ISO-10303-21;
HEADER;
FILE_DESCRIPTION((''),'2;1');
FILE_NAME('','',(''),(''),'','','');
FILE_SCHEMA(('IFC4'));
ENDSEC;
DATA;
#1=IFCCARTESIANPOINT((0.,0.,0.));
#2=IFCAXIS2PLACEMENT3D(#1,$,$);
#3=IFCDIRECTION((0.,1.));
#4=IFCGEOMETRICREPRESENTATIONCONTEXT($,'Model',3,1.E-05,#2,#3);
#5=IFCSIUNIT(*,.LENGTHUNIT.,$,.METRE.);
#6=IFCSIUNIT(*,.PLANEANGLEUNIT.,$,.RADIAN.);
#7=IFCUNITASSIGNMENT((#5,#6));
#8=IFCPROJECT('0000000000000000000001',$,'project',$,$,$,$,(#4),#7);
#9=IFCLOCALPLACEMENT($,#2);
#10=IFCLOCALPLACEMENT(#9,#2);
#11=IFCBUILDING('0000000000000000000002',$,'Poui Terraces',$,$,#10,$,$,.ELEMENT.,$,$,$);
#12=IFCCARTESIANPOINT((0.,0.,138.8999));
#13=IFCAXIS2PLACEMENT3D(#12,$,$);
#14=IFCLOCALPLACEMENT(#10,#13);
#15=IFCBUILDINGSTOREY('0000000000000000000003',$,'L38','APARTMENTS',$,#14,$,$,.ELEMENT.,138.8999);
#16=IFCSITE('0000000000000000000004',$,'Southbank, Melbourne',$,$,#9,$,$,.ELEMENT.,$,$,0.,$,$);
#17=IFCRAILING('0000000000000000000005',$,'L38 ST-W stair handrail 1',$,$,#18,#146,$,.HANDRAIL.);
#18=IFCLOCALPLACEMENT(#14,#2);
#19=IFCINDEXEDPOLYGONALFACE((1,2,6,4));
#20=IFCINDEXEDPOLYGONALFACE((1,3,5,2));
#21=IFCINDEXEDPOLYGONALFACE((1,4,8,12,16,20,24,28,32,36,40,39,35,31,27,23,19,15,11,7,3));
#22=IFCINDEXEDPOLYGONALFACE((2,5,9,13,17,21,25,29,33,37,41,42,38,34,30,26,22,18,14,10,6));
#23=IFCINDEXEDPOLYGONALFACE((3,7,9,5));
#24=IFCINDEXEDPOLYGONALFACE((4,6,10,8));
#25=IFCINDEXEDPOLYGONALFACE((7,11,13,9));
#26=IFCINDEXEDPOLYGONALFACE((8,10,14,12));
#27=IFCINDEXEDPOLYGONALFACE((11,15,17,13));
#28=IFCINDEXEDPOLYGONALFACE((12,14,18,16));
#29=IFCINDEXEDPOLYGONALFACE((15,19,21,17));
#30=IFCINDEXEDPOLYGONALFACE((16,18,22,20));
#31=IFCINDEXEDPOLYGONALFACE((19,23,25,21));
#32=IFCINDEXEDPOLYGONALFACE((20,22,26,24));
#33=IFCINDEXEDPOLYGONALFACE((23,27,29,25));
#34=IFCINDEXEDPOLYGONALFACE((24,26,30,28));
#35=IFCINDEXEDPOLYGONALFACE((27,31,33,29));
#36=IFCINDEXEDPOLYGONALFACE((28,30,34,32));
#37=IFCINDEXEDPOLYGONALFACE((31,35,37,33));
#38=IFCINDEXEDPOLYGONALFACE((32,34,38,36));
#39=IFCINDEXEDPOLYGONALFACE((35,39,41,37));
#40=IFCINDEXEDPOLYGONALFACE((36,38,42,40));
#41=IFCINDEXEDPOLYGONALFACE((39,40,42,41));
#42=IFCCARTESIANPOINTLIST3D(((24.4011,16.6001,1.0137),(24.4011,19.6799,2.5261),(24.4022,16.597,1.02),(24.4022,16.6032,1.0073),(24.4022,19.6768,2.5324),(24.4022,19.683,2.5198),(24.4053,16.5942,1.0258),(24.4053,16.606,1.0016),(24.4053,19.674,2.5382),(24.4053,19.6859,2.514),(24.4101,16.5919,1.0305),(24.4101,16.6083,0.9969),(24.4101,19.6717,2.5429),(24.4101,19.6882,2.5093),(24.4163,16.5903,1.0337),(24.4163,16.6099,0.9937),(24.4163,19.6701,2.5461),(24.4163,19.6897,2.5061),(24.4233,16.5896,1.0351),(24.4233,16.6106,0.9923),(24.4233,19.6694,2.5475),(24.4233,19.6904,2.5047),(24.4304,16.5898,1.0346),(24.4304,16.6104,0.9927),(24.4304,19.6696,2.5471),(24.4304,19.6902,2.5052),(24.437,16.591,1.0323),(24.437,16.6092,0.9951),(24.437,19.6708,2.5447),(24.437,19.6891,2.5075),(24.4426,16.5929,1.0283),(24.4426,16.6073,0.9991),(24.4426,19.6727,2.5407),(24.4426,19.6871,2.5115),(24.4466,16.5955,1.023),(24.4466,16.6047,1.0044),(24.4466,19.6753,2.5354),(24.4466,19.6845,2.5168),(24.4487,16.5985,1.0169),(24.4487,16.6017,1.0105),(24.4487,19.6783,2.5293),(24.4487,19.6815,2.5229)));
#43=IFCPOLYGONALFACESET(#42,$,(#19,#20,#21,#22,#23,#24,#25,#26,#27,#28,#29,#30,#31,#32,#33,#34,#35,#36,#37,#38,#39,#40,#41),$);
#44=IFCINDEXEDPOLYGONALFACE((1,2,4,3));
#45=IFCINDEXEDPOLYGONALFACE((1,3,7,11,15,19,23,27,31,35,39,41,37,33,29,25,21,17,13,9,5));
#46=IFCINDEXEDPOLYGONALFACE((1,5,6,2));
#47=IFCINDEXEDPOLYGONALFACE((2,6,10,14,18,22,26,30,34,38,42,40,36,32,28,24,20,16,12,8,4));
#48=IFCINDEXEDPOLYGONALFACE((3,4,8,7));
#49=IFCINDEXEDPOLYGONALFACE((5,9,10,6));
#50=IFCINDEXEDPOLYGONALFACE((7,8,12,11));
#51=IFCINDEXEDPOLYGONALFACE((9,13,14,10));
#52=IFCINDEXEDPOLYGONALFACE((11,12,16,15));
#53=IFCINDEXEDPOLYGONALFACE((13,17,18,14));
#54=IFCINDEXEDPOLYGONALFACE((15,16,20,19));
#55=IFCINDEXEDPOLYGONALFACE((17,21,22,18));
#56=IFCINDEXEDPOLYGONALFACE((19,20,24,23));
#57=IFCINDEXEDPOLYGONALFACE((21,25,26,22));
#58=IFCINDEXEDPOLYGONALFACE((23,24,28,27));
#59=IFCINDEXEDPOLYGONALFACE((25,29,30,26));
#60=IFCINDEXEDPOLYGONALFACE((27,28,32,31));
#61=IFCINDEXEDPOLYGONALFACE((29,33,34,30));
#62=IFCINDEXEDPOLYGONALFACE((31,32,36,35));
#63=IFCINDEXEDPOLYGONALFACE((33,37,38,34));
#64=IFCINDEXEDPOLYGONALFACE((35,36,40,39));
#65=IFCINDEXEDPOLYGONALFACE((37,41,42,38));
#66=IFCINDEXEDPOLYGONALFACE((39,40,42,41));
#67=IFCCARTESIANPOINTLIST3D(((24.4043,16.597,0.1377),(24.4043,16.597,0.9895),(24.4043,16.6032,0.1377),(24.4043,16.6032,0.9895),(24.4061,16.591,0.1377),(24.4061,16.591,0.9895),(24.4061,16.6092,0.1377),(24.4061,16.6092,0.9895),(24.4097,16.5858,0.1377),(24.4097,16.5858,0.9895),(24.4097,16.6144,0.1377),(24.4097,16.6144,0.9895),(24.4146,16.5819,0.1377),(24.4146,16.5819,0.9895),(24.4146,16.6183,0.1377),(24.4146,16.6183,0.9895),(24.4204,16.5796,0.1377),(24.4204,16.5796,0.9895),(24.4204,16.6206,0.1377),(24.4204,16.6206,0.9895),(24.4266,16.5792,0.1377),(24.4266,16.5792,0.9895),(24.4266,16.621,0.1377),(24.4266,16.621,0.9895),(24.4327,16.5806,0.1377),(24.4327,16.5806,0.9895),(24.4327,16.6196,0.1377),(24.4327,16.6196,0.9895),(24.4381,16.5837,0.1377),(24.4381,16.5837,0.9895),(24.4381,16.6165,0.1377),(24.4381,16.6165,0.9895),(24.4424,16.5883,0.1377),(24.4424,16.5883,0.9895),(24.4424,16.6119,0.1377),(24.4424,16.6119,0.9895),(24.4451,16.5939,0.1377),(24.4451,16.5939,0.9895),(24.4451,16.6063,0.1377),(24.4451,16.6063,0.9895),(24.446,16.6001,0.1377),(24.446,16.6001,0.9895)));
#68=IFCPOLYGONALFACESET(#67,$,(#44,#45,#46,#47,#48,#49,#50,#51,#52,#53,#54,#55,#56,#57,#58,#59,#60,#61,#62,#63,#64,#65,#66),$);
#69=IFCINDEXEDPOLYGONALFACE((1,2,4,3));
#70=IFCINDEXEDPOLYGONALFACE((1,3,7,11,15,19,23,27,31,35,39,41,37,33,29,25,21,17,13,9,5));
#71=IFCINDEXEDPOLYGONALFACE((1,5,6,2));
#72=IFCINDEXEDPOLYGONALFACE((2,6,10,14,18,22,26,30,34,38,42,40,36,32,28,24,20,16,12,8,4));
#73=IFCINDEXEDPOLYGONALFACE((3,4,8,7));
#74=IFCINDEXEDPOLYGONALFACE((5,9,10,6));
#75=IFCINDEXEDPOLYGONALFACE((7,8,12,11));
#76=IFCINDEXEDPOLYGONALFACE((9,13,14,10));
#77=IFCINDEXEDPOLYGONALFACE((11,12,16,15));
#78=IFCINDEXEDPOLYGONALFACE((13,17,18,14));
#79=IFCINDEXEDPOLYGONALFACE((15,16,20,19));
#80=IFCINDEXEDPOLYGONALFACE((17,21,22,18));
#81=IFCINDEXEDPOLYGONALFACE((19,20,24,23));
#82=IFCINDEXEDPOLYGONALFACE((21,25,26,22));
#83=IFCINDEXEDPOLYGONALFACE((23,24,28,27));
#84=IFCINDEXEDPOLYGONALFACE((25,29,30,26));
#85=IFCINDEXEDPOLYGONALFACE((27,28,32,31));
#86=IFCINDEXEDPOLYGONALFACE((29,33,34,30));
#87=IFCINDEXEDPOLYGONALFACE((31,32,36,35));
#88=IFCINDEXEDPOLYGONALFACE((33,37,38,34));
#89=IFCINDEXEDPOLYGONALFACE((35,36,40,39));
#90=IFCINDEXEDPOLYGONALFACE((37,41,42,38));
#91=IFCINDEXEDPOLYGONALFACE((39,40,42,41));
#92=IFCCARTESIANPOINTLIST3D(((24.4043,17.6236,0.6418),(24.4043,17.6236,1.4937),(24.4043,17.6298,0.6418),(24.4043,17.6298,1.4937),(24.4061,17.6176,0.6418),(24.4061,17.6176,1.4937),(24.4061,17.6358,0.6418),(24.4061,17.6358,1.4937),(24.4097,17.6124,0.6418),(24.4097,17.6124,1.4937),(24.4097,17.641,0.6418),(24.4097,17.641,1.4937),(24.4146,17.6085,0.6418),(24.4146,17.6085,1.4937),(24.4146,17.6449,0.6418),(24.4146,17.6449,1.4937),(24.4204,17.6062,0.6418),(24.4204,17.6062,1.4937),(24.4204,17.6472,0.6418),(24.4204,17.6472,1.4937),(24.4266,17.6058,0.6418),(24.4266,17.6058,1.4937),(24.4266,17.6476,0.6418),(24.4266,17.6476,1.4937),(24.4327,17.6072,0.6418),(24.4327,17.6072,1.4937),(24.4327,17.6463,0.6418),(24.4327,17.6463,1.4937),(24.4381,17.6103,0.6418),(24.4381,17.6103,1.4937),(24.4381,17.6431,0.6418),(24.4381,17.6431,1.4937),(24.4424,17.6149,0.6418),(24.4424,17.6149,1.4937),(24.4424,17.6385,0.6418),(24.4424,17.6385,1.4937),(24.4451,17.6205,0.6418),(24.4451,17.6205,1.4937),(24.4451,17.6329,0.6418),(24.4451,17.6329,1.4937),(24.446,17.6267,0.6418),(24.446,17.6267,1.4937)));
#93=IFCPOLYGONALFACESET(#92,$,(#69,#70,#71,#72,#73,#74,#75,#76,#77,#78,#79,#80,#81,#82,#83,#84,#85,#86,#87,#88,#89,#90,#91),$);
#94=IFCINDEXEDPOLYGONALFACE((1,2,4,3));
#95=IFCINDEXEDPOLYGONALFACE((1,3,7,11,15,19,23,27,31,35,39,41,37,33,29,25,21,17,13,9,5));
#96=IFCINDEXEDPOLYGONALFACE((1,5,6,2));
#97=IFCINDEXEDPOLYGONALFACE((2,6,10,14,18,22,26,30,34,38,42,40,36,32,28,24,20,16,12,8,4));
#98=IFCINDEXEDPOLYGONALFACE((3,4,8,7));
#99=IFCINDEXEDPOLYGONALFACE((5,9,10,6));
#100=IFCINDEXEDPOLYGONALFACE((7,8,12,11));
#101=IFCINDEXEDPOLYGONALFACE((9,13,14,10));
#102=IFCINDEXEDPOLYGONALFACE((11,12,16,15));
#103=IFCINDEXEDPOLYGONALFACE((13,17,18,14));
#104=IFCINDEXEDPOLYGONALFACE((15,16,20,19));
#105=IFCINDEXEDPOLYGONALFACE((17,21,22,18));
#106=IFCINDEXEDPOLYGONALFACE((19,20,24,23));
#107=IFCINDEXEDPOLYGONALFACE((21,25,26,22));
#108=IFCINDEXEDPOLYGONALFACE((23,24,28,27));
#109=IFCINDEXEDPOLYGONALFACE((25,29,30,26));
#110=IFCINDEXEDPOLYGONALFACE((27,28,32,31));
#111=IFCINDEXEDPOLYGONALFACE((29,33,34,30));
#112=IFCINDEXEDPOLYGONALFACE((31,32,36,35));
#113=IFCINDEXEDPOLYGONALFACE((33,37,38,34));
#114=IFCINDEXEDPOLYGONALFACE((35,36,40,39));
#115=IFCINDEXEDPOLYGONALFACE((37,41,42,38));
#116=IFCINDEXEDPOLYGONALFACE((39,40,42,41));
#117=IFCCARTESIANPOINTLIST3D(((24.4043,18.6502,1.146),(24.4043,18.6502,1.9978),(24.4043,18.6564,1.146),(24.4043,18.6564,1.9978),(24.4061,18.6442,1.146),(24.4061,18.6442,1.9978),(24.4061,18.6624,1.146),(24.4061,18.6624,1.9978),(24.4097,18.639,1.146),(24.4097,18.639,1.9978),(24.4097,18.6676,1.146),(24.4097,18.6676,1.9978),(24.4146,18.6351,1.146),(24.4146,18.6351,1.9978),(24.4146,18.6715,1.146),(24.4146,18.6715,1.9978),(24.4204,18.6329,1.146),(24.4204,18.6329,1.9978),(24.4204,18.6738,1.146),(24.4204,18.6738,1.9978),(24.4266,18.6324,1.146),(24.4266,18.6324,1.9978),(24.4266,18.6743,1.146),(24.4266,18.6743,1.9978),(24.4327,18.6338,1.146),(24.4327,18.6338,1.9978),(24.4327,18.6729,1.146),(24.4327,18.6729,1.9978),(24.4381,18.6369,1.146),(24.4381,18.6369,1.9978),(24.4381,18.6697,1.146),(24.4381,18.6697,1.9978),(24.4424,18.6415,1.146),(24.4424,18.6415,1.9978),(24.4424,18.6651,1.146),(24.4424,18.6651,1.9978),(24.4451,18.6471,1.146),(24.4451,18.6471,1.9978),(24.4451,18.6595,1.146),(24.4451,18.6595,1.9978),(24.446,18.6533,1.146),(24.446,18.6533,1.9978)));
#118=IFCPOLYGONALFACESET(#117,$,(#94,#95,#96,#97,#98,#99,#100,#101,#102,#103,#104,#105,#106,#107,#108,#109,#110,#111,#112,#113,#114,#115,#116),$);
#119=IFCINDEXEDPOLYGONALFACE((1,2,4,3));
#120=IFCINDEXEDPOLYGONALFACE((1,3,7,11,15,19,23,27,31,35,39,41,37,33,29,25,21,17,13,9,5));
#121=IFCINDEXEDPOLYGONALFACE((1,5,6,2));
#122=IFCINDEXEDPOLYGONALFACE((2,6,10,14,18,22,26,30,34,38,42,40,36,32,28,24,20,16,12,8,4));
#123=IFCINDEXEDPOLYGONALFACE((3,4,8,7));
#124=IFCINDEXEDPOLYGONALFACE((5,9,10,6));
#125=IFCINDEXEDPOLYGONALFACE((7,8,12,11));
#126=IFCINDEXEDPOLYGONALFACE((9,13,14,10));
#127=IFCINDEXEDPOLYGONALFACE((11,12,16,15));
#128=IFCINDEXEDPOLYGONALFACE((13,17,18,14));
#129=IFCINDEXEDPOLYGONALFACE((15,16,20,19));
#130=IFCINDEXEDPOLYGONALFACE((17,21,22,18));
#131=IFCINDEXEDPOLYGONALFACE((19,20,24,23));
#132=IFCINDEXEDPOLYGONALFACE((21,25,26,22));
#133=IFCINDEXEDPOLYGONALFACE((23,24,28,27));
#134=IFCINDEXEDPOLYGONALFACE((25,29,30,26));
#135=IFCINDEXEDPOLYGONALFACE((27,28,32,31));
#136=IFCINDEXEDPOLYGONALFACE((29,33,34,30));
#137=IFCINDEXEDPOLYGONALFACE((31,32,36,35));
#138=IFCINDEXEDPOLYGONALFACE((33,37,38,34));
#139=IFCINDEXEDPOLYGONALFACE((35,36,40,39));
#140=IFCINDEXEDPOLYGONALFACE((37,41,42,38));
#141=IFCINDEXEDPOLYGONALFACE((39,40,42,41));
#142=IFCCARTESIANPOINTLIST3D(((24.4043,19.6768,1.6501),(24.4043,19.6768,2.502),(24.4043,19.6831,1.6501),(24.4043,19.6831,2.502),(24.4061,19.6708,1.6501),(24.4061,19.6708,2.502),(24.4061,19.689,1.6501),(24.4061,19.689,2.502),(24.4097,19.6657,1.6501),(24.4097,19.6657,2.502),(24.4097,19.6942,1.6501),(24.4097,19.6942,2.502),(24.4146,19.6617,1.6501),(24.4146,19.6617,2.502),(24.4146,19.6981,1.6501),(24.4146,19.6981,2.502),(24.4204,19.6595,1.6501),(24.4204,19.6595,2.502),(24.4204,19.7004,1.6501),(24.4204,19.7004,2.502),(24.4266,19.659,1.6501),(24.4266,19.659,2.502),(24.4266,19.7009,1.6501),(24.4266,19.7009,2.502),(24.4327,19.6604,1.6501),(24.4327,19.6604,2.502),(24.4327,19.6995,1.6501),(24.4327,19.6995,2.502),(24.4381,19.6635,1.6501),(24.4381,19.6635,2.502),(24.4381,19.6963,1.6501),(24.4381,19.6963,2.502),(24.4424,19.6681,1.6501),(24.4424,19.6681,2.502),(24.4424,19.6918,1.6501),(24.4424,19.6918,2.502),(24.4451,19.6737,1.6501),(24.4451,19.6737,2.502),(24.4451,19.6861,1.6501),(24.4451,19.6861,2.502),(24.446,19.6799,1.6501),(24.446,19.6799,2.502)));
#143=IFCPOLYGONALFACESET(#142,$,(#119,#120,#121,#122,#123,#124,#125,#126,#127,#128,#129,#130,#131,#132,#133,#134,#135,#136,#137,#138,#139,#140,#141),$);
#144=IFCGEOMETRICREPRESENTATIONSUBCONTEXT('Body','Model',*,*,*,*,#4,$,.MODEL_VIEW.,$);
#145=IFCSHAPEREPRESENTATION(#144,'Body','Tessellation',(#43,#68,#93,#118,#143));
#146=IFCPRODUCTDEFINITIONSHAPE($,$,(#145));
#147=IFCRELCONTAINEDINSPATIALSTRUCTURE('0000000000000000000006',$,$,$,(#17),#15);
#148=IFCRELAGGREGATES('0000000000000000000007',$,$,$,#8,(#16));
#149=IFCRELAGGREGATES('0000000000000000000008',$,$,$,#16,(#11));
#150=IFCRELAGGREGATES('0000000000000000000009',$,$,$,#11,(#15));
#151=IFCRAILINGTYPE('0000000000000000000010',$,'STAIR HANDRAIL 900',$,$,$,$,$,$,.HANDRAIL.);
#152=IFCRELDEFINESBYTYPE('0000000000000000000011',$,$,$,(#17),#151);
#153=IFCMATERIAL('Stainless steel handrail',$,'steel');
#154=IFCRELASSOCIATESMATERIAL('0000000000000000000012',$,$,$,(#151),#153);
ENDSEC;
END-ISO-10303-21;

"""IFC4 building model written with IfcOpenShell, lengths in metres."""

from ifc_helpers import new_model, si_unit, direction, frame, origin, origin_2d, place, context, subcontext, project, spatial, circle, extrude, material, type_object, element, save


model = new_model("IFC4")

# Units and contexts
model_context = context("Model", 3, precision=1e-05, world=origin(), true_north=direction((0.0, 1.0)))
body_context = subcontext(model_context, "Body", "Model", "MODEL_VIEW")
ifc_project = project(units=[si_unit("LENGTHUNIT", "METRE"), si_unit("PLANEANGLEUNIT", "RADIAN")], contexts=[model_context])

# Site, building, storey
site_placement = place(None, origin())
site = spatial("IfcSite", under=ifc_project, at=site_placement, Name="Southbank, Melbourne", CompositionType="ELEMENT", RefElevation=0.0)
building_placement = place(site_placement, origin())
building = spatial("IfcBuilding", under=site, at=building_placement, Name="Poui Terraces", CompositionType="ELEMENT")
storey_placement = place(building_placement, frame((0.0, 0.0, 138.8999)))
storey = spatial("IfcBuildingStorey", under=building, at=storey_placement, Name="L38", Description="APARTMENTS", CompositionType="ELEMENT", Elevation=138.8999)

# Railing
ifc_material_1 = material(Name="Stainless steel handrail", Category="steel")
railing_type_1 = type_object("IfcRailingType", Name="STAIR HANDRAIL 900", PredefinedType="HANDRAIL", material=ifc_material_1)
railing_1_placement = place(storey_placement, frame((24.425, 16.6001, 0.1377)))
element("IfcRailing", 1, at=railing_1_placement, inside=storey, type_object=railing_type_1, Name="L38 ST-W stair handrail 1", PredefinedType="HANDRAIL", context=body_context, shape_type="SweptSolid", body=[
    extrude(circle(Radius=0.0239, at=origin_2d()), frame((0.0, 0.0, 0.876), z_axis=(0.0, 0.897606, 0.440798), x_axis=(-1.0, 0.0, 0.0)), (0.0, 0.0, 1.0), 3.4312),
    extrude(circle(Radius=0.021, at=origin_2d()), origin(), (0.0, 0.0, 1.0), 0.8518),
    extrude(circle(Radius=0.021, at=origin_2d()), frame((0.0, 1.0266, 0.5042)), (0.0, 0.0, 1.0), 0.8518),
    extrude(circle(Radius=0.021, at=origin_2d()), frame((0.0, 2.0532, 1.0083)), (0.0, 0.0, 1.0), 0.8518),
    extrude(circle(Radius=0.021, at=origin_2d()), frame((0.0, 3.0798, 1.5125)), (0.0, 0.0, 1.0), 0.8518),
])

save(model, "model.ifc")
